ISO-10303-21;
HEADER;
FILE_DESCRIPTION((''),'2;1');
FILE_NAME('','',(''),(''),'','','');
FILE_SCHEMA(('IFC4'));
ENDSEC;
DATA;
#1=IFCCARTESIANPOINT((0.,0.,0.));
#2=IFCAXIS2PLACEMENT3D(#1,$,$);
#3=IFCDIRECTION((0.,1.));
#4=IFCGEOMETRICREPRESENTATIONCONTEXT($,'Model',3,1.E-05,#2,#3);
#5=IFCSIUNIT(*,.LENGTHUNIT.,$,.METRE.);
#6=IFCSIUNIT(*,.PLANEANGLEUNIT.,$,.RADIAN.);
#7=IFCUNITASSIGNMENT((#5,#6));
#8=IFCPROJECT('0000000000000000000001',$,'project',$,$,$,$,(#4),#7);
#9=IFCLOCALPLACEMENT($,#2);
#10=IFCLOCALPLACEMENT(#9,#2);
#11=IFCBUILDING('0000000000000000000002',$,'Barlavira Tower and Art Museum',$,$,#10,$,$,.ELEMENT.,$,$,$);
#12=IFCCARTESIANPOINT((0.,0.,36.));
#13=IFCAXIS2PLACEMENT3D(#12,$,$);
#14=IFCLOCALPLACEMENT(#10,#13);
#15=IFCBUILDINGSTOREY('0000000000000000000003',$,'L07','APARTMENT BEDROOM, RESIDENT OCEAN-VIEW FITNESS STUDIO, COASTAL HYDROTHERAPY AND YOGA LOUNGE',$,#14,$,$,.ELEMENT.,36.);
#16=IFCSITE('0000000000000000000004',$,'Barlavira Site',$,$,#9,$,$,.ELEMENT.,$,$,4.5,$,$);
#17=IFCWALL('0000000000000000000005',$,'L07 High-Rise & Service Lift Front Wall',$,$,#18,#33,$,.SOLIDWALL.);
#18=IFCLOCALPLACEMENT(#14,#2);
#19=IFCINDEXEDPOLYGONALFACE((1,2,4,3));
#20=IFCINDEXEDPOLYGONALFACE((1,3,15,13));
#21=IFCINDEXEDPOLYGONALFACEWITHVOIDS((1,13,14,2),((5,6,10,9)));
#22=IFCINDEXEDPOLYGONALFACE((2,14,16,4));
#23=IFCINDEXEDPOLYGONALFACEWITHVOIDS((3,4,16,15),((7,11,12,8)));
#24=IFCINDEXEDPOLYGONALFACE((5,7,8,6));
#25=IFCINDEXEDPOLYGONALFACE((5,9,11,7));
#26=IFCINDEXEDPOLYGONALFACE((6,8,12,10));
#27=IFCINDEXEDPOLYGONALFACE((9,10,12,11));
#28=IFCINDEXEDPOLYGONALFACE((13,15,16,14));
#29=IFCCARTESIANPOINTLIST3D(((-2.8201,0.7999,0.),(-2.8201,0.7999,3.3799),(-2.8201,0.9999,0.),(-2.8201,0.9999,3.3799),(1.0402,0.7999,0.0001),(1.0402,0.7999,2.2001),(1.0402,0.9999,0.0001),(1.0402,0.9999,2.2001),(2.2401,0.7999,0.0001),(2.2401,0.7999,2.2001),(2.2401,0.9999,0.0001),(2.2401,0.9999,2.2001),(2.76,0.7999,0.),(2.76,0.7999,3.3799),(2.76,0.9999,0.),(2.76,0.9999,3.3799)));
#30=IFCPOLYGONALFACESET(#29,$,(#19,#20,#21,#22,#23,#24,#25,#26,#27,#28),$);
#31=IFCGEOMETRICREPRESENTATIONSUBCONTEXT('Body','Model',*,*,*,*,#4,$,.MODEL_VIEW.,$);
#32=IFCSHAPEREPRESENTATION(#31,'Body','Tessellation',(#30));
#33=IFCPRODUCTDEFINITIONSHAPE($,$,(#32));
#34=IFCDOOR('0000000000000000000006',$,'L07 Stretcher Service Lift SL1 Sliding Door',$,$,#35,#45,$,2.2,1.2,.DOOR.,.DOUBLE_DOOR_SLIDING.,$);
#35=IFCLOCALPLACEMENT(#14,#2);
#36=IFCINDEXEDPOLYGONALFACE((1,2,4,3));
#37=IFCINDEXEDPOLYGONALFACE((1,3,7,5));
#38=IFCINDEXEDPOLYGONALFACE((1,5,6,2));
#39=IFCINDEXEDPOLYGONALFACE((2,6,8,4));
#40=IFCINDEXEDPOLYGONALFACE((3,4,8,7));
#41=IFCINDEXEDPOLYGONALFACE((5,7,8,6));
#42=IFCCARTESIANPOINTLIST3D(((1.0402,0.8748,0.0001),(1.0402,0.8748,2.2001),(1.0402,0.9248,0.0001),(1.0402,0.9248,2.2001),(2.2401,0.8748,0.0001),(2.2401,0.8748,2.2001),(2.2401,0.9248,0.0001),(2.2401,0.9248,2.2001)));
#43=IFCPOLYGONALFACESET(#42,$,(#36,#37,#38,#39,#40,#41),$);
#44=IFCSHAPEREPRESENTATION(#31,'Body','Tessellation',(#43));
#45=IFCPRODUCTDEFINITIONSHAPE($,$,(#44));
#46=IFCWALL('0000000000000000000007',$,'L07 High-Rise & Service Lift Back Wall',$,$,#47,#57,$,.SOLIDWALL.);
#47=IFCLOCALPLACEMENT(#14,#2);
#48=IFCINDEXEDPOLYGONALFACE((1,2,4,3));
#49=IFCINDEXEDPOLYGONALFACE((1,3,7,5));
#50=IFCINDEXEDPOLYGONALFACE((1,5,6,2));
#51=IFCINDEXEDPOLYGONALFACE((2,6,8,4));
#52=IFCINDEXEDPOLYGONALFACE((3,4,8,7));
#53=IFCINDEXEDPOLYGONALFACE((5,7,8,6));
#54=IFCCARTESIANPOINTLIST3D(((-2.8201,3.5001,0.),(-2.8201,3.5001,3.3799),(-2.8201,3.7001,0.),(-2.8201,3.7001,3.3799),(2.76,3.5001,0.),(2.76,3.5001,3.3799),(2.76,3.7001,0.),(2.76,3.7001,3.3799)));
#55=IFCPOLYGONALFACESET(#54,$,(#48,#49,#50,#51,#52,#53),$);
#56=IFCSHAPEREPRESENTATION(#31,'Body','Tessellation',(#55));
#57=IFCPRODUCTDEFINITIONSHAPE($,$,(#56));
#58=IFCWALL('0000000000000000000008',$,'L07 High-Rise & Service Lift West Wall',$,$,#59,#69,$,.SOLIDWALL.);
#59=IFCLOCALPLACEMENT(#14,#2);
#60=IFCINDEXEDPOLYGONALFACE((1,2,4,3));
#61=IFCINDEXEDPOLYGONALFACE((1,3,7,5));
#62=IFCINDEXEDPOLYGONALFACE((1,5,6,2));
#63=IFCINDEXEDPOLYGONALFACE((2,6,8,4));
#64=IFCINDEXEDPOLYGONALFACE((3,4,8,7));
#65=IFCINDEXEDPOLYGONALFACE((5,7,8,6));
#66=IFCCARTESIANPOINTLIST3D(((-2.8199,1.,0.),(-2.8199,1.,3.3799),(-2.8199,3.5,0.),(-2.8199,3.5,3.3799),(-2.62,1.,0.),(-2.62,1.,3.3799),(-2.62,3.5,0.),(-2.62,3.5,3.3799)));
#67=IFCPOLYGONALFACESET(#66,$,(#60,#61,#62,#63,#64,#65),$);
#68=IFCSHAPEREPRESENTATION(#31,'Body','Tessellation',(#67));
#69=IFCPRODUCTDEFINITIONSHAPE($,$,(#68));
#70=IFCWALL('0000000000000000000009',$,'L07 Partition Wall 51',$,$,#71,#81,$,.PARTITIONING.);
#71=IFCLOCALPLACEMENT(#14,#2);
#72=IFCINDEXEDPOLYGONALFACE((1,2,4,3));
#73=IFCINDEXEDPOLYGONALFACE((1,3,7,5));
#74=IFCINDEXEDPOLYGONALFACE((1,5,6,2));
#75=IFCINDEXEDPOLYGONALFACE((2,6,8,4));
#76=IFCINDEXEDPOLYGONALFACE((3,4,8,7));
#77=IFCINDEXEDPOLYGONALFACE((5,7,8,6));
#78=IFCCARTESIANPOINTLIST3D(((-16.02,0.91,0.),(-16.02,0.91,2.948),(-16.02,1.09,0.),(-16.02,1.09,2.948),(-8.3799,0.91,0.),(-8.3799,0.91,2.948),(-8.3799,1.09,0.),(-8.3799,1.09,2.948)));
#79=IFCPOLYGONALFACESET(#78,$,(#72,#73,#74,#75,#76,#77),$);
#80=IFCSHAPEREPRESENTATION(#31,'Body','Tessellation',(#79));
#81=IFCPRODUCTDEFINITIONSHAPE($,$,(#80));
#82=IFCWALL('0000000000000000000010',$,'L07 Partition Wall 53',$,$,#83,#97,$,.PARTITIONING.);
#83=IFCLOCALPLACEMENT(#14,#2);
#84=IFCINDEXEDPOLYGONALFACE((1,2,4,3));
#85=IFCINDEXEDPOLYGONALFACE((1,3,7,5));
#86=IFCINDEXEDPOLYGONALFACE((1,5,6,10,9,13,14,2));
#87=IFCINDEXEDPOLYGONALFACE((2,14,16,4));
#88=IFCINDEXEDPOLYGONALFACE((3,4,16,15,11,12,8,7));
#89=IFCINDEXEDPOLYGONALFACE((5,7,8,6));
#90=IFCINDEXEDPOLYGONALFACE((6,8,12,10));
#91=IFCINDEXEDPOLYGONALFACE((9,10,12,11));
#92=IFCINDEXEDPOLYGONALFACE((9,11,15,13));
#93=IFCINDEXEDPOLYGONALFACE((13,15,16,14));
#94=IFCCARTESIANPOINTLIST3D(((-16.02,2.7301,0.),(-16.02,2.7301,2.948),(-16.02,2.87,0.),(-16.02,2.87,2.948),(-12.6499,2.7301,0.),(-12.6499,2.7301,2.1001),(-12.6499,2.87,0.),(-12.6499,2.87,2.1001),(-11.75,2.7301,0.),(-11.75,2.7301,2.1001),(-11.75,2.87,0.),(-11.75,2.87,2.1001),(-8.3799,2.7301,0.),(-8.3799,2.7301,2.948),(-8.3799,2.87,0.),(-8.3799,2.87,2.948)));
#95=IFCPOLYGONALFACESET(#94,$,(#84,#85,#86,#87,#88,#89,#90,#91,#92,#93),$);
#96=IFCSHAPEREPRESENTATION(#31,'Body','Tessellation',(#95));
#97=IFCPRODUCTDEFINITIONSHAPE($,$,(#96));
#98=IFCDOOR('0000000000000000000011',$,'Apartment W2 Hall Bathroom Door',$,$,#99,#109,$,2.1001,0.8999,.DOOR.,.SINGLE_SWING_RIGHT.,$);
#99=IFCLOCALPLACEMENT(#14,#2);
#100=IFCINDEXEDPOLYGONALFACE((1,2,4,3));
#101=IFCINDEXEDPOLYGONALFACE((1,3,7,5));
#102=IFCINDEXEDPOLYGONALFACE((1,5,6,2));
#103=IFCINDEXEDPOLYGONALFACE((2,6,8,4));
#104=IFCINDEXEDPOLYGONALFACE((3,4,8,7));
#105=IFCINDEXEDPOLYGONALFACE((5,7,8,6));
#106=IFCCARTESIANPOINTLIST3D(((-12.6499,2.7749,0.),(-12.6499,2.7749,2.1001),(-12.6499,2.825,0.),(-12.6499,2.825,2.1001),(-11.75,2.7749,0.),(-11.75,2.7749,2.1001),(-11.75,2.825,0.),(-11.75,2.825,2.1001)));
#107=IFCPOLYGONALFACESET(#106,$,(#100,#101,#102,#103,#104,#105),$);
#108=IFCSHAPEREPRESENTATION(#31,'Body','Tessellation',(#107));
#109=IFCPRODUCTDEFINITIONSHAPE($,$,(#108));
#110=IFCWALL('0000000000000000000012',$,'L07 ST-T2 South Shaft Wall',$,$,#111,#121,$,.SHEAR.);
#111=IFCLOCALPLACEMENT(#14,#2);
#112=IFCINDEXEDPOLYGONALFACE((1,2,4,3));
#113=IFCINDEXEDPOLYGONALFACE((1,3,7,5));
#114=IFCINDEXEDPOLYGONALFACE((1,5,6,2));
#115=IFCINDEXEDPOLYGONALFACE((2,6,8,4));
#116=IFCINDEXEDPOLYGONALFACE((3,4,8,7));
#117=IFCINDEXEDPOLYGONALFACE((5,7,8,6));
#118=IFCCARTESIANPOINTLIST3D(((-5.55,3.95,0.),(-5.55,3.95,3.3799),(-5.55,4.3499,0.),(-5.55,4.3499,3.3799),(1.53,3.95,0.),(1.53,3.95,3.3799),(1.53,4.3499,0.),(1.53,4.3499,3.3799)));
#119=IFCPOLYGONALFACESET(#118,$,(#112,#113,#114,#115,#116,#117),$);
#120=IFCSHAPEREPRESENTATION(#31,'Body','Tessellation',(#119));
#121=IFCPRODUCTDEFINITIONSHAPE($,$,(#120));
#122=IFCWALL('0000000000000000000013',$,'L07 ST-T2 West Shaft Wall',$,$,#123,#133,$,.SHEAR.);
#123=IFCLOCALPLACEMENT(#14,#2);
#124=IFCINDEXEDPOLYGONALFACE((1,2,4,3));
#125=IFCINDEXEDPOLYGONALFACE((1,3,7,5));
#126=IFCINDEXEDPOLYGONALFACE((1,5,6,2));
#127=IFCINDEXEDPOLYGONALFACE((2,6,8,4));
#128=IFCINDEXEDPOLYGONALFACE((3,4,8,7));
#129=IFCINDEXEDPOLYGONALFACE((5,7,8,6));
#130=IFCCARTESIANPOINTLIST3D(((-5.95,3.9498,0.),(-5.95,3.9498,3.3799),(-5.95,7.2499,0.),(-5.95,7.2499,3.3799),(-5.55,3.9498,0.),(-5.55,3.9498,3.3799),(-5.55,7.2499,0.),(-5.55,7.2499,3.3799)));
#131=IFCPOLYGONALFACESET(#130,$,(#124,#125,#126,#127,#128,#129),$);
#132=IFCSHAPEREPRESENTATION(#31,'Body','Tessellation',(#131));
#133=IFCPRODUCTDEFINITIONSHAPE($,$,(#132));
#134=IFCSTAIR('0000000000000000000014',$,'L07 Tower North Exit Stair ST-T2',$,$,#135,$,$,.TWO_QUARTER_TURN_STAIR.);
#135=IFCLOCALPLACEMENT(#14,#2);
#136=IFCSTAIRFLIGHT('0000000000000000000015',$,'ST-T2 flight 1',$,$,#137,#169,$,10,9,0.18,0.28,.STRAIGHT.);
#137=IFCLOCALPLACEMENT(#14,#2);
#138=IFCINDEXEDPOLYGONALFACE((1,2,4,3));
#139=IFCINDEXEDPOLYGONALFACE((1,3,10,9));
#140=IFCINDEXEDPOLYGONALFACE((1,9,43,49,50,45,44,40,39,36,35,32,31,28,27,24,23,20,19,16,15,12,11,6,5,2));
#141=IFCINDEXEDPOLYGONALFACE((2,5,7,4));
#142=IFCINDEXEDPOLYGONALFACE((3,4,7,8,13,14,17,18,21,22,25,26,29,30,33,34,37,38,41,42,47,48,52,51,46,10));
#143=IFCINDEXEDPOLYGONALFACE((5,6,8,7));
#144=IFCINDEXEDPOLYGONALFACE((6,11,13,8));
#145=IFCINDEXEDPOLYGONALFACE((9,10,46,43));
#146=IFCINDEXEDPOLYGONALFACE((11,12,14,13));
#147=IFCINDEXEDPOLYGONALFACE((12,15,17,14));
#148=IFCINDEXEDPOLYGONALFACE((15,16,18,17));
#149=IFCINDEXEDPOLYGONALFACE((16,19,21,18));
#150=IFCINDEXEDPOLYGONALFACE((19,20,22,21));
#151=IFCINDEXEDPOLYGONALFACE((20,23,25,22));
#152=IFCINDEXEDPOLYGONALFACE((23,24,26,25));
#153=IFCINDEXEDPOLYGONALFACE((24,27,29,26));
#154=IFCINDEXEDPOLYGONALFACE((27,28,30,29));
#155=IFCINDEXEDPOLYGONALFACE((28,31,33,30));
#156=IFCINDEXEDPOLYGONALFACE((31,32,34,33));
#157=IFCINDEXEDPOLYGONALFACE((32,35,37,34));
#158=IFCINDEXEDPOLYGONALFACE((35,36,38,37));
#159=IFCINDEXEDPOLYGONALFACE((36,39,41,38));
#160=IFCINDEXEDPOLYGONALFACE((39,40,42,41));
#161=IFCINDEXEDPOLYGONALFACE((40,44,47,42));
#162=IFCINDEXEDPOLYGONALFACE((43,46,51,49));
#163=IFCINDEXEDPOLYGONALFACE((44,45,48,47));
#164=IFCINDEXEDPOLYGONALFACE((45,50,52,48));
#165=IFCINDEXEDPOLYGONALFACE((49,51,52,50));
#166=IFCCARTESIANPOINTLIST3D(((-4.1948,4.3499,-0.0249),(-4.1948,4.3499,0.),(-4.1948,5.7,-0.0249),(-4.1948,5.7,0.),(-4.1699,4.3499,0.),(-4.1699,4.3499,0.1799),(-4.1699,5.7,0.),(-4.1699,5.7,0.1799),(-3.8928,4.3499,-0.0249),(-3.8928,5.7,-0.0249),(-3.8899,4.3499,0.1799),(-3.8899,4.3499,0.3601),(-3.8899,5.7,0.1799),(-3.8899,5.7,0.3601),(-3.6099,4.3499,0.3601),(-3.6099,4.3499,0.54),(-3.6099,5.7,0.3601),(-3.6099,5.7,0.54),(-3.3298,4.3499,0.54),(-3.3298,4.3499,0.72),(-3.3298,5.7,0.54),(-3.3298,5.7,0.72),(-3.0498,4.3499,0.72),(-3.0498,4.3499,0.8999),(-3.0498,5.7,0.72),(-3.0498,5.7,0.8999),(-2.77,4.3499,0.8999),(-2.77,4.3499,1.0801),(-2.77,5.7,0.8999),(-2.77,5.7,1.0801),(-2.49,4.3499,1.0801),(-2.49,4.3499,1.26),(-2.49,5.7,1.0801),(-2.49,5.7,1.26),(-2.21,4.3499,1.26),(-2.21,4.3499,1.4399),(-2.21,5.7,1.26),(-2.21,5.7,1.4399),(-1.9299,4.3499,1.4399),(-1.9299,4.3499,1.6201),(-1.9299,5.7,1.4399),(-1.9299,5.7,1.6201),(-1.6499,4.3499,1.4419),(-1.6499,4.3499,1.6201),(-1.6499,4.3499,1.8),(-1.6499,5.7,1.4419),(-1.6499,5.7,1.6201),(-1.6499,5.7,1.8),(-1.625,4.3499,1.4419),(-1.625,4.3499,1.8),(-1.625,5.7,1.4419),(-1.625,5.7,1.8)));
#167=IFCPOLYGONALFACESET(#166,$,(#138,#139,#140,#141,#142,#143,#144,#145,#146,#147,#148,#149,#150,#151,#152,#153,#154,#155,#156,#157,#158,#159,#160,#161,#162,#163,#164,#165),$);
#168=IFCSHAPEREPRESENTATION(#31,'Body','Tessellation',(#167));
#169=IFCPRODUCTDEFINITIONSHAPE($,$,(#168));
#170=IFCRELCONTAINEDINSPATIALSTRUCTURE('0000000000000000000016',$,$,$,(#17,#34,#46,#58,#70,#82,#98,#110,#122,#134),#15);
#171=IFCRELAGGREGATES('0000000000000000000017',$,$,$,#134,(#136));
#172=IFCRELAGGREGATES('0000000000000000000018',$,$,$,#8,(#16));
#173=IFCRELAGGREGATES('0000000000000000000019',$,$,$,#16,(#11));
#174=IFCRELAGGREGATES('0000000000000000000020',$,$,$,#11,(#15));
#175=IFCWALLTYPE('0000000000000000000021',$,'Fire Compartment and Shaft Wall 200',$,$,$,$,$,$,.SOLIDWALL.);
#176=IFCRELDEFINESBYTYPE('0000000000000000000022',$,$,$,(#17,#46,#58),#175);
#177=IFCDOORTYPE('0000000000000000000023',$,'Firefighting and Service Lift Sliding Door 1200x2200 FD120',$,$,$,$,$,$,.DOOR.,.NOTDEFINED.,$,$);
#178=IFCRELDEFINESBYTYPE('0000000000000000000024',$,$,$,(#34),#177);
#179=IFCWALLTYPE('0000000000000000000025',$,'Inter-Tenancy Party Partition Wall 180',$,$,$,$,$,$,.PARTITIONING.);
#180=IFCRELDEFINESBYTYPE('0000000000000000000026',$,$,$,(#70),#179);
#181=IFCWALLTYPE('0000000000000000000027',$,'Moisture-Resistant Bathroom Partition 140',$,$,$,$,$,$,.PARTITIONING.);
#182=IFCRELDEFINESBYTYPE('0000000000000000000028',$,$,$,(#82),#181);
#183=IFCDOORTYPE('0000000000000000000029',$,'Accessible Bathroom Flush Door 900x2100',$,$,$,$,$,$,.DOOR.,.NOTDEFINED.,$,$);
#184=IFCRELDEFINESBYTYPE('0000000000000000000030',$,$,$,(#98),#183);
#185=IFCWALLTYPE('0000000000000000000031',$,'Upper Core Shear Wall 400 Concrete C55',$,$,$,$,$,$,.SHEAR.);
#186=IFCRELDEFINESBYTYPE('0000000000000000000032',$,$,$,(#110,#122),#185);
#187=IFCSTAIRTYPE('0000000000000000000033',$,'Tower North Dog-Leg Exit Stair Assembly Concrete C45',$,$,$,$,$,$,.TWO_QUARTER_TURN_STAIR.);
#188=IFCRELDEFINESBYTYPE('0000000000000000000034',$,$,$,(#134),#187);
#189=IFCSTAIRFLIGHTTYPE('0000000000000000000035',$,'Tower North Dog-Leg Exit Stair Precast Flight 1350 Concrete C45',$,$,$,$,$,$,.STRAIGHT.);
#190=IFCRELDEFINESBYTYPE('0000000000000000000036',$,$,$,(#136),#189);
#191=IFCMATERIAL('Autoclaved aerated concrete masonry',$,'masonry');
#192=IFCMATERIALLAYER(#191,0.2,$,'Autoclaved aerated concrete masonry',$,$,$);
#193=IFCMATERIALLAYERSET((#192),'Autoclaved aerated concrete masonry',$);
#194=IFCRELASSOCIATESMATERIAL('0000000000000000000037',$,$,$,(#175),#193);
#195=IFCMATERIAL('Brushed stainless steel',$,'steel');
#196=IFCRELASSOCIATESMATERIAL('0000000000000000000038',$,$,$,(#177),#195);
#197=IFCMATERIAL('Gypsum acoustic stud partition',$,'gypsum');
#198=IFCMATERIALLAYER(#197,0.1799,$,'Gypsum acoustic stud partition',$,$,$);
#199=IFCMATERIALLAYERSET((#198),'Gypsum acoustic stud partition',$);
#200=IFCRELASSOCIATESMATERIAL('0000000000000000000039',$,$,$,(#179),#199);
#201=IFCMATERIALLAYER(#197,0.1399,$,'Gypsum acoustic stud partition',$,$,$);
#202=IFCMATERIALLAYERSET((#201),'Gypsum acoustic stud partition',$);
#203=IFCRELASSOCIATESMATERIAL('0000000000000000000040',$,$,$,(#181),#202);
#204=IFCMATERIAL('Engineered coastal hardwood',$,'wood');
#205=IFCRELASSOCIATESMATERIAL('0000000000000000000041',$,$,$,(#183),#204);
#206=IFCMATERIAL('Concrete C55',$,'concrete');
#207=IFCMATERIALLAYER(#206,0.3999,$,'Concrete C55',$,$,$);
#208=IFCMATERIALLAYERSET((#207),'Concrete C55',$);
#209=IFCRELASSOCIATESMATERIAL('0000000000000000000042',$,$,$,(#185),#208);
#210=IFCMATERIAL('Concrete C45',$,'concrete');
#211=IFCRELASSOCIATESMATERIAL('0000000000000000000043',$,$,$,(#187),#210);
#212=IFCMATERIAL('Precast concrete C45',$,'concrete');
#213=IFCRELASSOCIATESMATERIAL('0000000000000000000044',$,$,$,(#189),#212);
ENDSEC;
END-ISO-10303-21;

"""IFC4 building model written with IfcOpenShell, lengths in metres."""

from ifc_helpers import new_model, si_unit, direction, frame, frame_2d, origin, place, context, subcontext, project, spatial, polyline, rectangle, outline, extrude, material, layer, layer_set, type_object, element, fill, aggregate, save


model = new_model("IFC4")

# Units and contexts
model_context = context("Model", 3, precision=1e-05, world=origin(), true_north=direction((0.0, 1.0)))
body_context = subcontext(model_context, "Body", "Model", "MODEL_VIEW")
ifc_project = project(units=[si_unit("LENGTHUNIT", "METRE"), si_unit("PLANEANGLEUNIT", "RADIAN")], contexts=[model_context])

# Site, building, storey
site_placement = place(None, origin())
site = spatial("IfcSite", under=ifc_project, at=site_placement, Name="Barlavira Site", CompositionType="ELEMENT", RefElevation=4.5)
building_placement = place(site_placement, origin())
building = spatial("IfcBuilding", under=site, at=building_placement, Name="Barlavira Tower and Art Museum", CompositionType="ELEMENT")
storey_placement = place(building_placement, frame((0.0, 0.0, 36.0)))
storey = spatial("IfcBuildingStorey", under=building, at=storey_placement, Name="L07", Description="APARTMENT BEDROOM, RESIDENT OCEAN-VIEW FITNESS STUDIO, COASTAL HYDROTHERAPY AND YOGA LOUNGE", CompositionType="ELEMENT", Elevation=36.0)

# Shared definitions
ifc_material_1 = material(Name="Gypsum acoustic stud partition", Category="gypsum")
ifc_material_2 = material(Name="Engineered coastal hardwood", Category="wood")

# Shared definitions
ifc_material_3 = material(Name="Autoclaved aerated concrete masonry", Category="masonry")
ifc_layer_1 = layer(ifc_material_3, 0.2, Name="Autoclaved aerated concrete masonry")
ifc_layer_set_1 = layer_set([ifc_layer_1], Name="Autoclaved aerated concrete masonry")
wall_type_1 = type_object("IfcWallType", Name="Fire Compartment and Shaft Wall 200", PredefinedType="SOLIDWALL", material=ifc_layer_set_1)

# Wall, opening, door
wall_1_placement = place(storey_placement, frame((-2.8201, 0.8999, 0.0), z_axis=(0.0, 0.0, 1.0), x_axis=(1.0, 0.0, 0.0)))
wall_1 = element("IfcWall", 1, at=wall_1_placement, inside=storey, type_object=wall_type_1, Name="L07 High-Rise & Service Lift Front Wall", PredefinedType="SOLIDWALL", context=body_context, shape_type="SweptSolid", body=[
    extrude(rectangle(XDim=5.5801, YDim=0.2, at=frame_2d((2.79, 0.0))), origin(), (0.0, 0.0, 1.0), 3.3799),
])
opening_1_placement = place(wall_1_placement, frame((3.8601, 0.0, 0.0)))
opening_1 = element("IfcOpeningElement", 2, at=opening_1_placement, cuts=wall_1, PredefinedType="OPENING", context=body_context, shape_type="SweptSolid", body=[
    extrude(rectangle(XDim=1.2, YDim=2.2, at=frame_2d((0.6001, 1.1001))), frame((0.0, 0.1099, 0.0), z_axis=(0.0, -1.0, 0.0), x_axis=(1.0, 0.0, 0.0)), (0.0, 0.0, 1.0), 0.22),
])
ifc_material_4 = material(Name="Brushed stainless steel", Category="steel")
door_type_1 = type_object("IfcDoorType", Name="Firefighting and Service Lift Sliding Door 1200x2200 FD120", OperationType="NOTDEFINED", PredefinedType="DOOR", material=ifc_material_4)
door_1_placement = place(opening_1_placement, origin())
door_1 = element("IfcDoor", 3, at=door_1_placement, inside=storey, type_object=door_type_1, Name="L07 Stretcher Service Lift SL1 Sliding Door", OperationType="DOUBLE_DOOR_SLIDING", OverallHeight=2.2, OverallWidth=1.2, PredefinedType="DOOR", context=body_context, shape_type="SweptSolid", body=[
    extrude(rectangle(XDim=1.2, YDim=2.2, at=frame_2d((0.6001, 1.1001))), frame((0.0, 0.0249, 0.0), z_axis=(0.0, -1.0, 0.0), x_axis=(1.0, 0.0, 0.0)), (0.0, 0.0, 1.0), 0.05),
])
fill(opening_1, door_1)

# Walls
wall_2_placement = place(storey_placement, frame((-2.8201, 3.6001, 0.0), z_axis=(0.0, 0.0, 1.0), x_axis=(1.0, 0.0, 0.0)))
element("IfcWall", 4, at=wall_2_placement, inside=storey, type_object=wall_type_1, Name="L07 High-Rise & Service Lift Back Wall", PredefinedType="SOLIDWALL", context=body_context, shape_type="SweptSolid", body=[
    extrude(rectangle(XDim=5.5801, YDim=0.2, at=frame_2d((2.79, 0.0))), origin(), (0.0, 0.0, 1.0), 3.3799),
])
wall_3_placement = place(storey_placement, frame((-2.72, 1.0, 0.0), z_axis=(0.0, 0.0, 1.0), x_axis=(0.0, 1.0, 0.0)))
element("IfcWall", 5, at=wall_3_placement, inside=storey, type_object=wall_type_1, Name="L07 High-Rise & Service Lift West Wall", PredefinedType="SOLIDWALL", context=body_context, shape_type="SweptSolid", body=[
    extrude(rectangle(XDim=2.5, YDim=0.2, at=frame_2d((1.25, 0.0))), origin(), (0.0, 0.0, 1.0), 3.3799),
])
ifc_layer_2 = layer(ifc_material_1, 0.1799, Name="Gypsum acoustic stud partition")
ifc_layer_set_2 = layer_set([ifc_layer_2], Name="Gypsum acoustic stud partition")
wall_type_2 = type_object("IfcWallType", Name="Inter-Tenancy Party Partition Wall 180", PredefinedType="PARTITIONING", material=ifc_layer_set_2)
wall_4_placement = place(storey_placement, frame((-16.02, 1.0, 0.0), z_axis=(0.0, 0.0, 1.0), x_axis=(1.0, 0.0, 0.0)))
element("IfcWall", 6, at=wall_4_placement, inside=storey, type_object=wall_type_2, Name="L07 Partition Wall 51", PredefinedType="PARTITIONING", context=body_context, shape_type="SweptSolid", body=[
    extrude(rectangle(XDim=7.6401, YDim=0.1799, at=frame_2d((3.8201, 0.0))), origin(), (0.0, 0.0, 1.0), 2.948),
])

# Wall, opening, door
ifc_layer_3 = layer(ifc_material_1, 0.1399, Name="Gypsum acoustic stud partition")
ifc_layer_set_3 = layer_set([ifc_layer_3], Name="Gypsum acoustic stud partition")
wall_type_3 = type_object("IfcWallType", Name="Moisture-Resistant Bathroom Partition 140", PredefinedType="PARTITIONING", material=ifc_layer_set_3)
wall_5_placement = place(storey_placement, frame((-16.02, 2.8, 0.0), z_axis=(0.0, 0.0, 1.0), x_axis=(1.0, 0.0, 0.0)))
wall_5 = element("IfcWall", 7, at=wall_5_placement, inside=storey, type_object=wall_type_3, Name="L07 Partition Wall 53", PredefinedType="PARTITIONING", context=body_context, shape_type="SweptSolid", body=[
    extrude(rectangle(XDim=7.6401, YDim=0.1399, at=frame_2d((3.8201, 0.0))), origin(), (0.0, 0.0, 1.0), 2.948),
])
opening_2_placement = place(wall_5_placement, frame((3.3701, 0.0, 0.0)))
opening_2 = element("IfcOpeningElement", 8, at=opening_2_placement, cuts=wall_5, PredefinedType="OPENING", context=body_context, shape_type="SweptSolid", body=[
    extrude(rectangle(XDim=0.8999, YDim=2.1001, at=frame_2d((0.45, 1.05))), frame((0.0, 0.0801, 0.0), z_axis=(0.0, -1.0, 0.0), x_axis=(1.0, 0.0, 0.0)), (0.0, 0.0, 1.0), 0.1599),
])
door_type_2 = type_object("IfcDoorType", Name="Accessible Bathroom Flush Door 900x2100", OperationType="NOTDEFINED", PredefinedType="DOOR", material=ifc_material_2)
door_2_placement = place(opening_2_placement, origin())
door_2 = element("IfcDoor", 9, at=door_2_placement, inside=storey, type_object=door_type_2, Name="Apartment W2 Hall Bathroom Door", OperationType="SINGLE_SWING_RIGHT", OverallHeight=2.1001, OverallWidth=0.8999, PredefinedType="DOOR", context=body_context, shape_type="SweptSolid", body=[
    extrude(rectangle(XDim=0.8999, YDim=2.1001, at=frame_2d((0.45, 1.05))), frame((0.0, 0.0249, 0.0), z_axis=(0.0, -1.0, 0.0), x_axis=(1.0, 0.0, 0.0)), (0.0, 0.0, 1.0), 0.05),
])
fill(opening_2, door_2)

# Walls
ifc_material_5 = material(Name="Concrete C55", Category="concrete")
ifc_layer_4 = layer(ifc_material_5, 0.3999, Name="Concrete C55")
ifc_layer_set_4 = layer_set([ifc_layer_4], Name="Concrete C55")
wall_type_4 = type_object("IfcWallType", Name="Upper Core Shear Wall 400 Concrete C55", PredefinedType="SHEAR", material=ifc_layer_set_4)
wall_6_placement = place(storey_placement, frame((-5.55, 4.1499, 0.0), z_axis=(0.0, 0.0, 1.0), x_axis=(1.0, 0.0, 0.0)))
element("IfcWall", 10, at=wall_6_placement, inside=storey, type_object=wall_type_4, Name="L07 ST-T2 South Shaft Wall", PredefinedType="SHEAR", context=body_context, shape_type="SweptSolid", body=[
    extrude(rectangle(XDim=7.0801, YDim=0.3999, at=frame_2d((3.54, 0.0))), origin(), (0.0, 0.0, 1.0), 3.3799),
])
wall_7_placement = place(storey_placement, frame((-5.75, 3.95, 0.0), z_axis=(0.0, 0.0, 1.0), x_axis=(0.0, 1.0, 0.0)))
element("IfcWall", 11, at=wall_7_placement, inside=storey, type_object=wall_type_4, Name="L07 ST-T2 West Shaft Wall", PredefinedType="SHEAR", context=body_context, shape_type="SweptSolid", body=[
    extrude(rectangle(XDim=3.3, YDim=0.3999, at=frame_2d((1.6499, 0.0))), origin(), (0.0, 0.0, 1.0), 3.3799),
])

# Stair, stair flight
ifc_material_6 = material(Name="Concrete C45", Category="concrete")
stair_type = type_object("IfcStairType", Name="Tower North Dog-Leg Exit Stair Assembly Concrete C45", PredefinedType="TWO_QUARTER_TURN_STAIR", material=ifc_material_6)
stair_placement = place(storey_placement, origin())
stair = element("IfcStair", 12, at=stair_placement, inside=storey, type_object=stair_type, Name="L07 Tower North Exit Stair ST-T2", PredefinedType="TWO_QUARTER_TURN_STAIR")
ifc_material_7 = material(Name="Precast concrete C45", Category="concrete")
stair_flight_type = type_object("IfcStairFlightType", Name="Tower North Dog-Leg Exit Stair Precast Flight 1350 Concrete C45", PredefinedType="STRAIGHT", material=ifc_material_7)
stair_flight_1_placement = place(storey_placement, frame((-4.1699, 5.0249, 0.0), z_axis=(0.0, 0.0, 1.0), x_axis=(1.0, 0.0, 0.0)))
stair_flight_1 = element("IfcStairFlight", 13, at=stair_flight_1_placement, type_object=stair_flight_type, Name="ST-T2 flight 1", NumberOfRisers=10, NumberOfTreads=9, PredefinedType="STRAIGHT", RiserHeight=0.18, TreadLength=0.28, context=body_context, shape_type="SweptSolid", body=[
    extrude(outline(polyline([(-0.0249, 0.0), (0.0, 0.0), (0.0, 0.1799), (0.28, 0.1799), (0.28, 0.3601), (0.5601, 0.3601), (0.5601, 0.54), (0.8401, 0.54), (0.8401, 0.72), (1.1201, 0.72), (1.1201, 0.8999), (1.3999, 0.8999), (1.3999, 1.0801), (1.6799, 1.0801), (1.6799, 1.26), (1.96, 1.26), (1.96, 1.4399), (2.24, 1.4399), (2.24, 1.6201), (2.52, 1.6201), (2.52, 1.8), (2.5449, 1.8), (2.5449, 1.4419), (2.52, 1.4419), (0.2771, -0.0249), (-0.0249, -0.0249), (-0.0249, 0.0)])), frame((0.0, 0.675, 0.0), z_axis=(0.0, -1.0, 0.0), x_axis=(1.0, 0.0, 0.0)), (0.0, 0.0, 1.0), 1.3501),
])
aggregate(stair, [stair_flight_1])

save(model, "model.ifc")
